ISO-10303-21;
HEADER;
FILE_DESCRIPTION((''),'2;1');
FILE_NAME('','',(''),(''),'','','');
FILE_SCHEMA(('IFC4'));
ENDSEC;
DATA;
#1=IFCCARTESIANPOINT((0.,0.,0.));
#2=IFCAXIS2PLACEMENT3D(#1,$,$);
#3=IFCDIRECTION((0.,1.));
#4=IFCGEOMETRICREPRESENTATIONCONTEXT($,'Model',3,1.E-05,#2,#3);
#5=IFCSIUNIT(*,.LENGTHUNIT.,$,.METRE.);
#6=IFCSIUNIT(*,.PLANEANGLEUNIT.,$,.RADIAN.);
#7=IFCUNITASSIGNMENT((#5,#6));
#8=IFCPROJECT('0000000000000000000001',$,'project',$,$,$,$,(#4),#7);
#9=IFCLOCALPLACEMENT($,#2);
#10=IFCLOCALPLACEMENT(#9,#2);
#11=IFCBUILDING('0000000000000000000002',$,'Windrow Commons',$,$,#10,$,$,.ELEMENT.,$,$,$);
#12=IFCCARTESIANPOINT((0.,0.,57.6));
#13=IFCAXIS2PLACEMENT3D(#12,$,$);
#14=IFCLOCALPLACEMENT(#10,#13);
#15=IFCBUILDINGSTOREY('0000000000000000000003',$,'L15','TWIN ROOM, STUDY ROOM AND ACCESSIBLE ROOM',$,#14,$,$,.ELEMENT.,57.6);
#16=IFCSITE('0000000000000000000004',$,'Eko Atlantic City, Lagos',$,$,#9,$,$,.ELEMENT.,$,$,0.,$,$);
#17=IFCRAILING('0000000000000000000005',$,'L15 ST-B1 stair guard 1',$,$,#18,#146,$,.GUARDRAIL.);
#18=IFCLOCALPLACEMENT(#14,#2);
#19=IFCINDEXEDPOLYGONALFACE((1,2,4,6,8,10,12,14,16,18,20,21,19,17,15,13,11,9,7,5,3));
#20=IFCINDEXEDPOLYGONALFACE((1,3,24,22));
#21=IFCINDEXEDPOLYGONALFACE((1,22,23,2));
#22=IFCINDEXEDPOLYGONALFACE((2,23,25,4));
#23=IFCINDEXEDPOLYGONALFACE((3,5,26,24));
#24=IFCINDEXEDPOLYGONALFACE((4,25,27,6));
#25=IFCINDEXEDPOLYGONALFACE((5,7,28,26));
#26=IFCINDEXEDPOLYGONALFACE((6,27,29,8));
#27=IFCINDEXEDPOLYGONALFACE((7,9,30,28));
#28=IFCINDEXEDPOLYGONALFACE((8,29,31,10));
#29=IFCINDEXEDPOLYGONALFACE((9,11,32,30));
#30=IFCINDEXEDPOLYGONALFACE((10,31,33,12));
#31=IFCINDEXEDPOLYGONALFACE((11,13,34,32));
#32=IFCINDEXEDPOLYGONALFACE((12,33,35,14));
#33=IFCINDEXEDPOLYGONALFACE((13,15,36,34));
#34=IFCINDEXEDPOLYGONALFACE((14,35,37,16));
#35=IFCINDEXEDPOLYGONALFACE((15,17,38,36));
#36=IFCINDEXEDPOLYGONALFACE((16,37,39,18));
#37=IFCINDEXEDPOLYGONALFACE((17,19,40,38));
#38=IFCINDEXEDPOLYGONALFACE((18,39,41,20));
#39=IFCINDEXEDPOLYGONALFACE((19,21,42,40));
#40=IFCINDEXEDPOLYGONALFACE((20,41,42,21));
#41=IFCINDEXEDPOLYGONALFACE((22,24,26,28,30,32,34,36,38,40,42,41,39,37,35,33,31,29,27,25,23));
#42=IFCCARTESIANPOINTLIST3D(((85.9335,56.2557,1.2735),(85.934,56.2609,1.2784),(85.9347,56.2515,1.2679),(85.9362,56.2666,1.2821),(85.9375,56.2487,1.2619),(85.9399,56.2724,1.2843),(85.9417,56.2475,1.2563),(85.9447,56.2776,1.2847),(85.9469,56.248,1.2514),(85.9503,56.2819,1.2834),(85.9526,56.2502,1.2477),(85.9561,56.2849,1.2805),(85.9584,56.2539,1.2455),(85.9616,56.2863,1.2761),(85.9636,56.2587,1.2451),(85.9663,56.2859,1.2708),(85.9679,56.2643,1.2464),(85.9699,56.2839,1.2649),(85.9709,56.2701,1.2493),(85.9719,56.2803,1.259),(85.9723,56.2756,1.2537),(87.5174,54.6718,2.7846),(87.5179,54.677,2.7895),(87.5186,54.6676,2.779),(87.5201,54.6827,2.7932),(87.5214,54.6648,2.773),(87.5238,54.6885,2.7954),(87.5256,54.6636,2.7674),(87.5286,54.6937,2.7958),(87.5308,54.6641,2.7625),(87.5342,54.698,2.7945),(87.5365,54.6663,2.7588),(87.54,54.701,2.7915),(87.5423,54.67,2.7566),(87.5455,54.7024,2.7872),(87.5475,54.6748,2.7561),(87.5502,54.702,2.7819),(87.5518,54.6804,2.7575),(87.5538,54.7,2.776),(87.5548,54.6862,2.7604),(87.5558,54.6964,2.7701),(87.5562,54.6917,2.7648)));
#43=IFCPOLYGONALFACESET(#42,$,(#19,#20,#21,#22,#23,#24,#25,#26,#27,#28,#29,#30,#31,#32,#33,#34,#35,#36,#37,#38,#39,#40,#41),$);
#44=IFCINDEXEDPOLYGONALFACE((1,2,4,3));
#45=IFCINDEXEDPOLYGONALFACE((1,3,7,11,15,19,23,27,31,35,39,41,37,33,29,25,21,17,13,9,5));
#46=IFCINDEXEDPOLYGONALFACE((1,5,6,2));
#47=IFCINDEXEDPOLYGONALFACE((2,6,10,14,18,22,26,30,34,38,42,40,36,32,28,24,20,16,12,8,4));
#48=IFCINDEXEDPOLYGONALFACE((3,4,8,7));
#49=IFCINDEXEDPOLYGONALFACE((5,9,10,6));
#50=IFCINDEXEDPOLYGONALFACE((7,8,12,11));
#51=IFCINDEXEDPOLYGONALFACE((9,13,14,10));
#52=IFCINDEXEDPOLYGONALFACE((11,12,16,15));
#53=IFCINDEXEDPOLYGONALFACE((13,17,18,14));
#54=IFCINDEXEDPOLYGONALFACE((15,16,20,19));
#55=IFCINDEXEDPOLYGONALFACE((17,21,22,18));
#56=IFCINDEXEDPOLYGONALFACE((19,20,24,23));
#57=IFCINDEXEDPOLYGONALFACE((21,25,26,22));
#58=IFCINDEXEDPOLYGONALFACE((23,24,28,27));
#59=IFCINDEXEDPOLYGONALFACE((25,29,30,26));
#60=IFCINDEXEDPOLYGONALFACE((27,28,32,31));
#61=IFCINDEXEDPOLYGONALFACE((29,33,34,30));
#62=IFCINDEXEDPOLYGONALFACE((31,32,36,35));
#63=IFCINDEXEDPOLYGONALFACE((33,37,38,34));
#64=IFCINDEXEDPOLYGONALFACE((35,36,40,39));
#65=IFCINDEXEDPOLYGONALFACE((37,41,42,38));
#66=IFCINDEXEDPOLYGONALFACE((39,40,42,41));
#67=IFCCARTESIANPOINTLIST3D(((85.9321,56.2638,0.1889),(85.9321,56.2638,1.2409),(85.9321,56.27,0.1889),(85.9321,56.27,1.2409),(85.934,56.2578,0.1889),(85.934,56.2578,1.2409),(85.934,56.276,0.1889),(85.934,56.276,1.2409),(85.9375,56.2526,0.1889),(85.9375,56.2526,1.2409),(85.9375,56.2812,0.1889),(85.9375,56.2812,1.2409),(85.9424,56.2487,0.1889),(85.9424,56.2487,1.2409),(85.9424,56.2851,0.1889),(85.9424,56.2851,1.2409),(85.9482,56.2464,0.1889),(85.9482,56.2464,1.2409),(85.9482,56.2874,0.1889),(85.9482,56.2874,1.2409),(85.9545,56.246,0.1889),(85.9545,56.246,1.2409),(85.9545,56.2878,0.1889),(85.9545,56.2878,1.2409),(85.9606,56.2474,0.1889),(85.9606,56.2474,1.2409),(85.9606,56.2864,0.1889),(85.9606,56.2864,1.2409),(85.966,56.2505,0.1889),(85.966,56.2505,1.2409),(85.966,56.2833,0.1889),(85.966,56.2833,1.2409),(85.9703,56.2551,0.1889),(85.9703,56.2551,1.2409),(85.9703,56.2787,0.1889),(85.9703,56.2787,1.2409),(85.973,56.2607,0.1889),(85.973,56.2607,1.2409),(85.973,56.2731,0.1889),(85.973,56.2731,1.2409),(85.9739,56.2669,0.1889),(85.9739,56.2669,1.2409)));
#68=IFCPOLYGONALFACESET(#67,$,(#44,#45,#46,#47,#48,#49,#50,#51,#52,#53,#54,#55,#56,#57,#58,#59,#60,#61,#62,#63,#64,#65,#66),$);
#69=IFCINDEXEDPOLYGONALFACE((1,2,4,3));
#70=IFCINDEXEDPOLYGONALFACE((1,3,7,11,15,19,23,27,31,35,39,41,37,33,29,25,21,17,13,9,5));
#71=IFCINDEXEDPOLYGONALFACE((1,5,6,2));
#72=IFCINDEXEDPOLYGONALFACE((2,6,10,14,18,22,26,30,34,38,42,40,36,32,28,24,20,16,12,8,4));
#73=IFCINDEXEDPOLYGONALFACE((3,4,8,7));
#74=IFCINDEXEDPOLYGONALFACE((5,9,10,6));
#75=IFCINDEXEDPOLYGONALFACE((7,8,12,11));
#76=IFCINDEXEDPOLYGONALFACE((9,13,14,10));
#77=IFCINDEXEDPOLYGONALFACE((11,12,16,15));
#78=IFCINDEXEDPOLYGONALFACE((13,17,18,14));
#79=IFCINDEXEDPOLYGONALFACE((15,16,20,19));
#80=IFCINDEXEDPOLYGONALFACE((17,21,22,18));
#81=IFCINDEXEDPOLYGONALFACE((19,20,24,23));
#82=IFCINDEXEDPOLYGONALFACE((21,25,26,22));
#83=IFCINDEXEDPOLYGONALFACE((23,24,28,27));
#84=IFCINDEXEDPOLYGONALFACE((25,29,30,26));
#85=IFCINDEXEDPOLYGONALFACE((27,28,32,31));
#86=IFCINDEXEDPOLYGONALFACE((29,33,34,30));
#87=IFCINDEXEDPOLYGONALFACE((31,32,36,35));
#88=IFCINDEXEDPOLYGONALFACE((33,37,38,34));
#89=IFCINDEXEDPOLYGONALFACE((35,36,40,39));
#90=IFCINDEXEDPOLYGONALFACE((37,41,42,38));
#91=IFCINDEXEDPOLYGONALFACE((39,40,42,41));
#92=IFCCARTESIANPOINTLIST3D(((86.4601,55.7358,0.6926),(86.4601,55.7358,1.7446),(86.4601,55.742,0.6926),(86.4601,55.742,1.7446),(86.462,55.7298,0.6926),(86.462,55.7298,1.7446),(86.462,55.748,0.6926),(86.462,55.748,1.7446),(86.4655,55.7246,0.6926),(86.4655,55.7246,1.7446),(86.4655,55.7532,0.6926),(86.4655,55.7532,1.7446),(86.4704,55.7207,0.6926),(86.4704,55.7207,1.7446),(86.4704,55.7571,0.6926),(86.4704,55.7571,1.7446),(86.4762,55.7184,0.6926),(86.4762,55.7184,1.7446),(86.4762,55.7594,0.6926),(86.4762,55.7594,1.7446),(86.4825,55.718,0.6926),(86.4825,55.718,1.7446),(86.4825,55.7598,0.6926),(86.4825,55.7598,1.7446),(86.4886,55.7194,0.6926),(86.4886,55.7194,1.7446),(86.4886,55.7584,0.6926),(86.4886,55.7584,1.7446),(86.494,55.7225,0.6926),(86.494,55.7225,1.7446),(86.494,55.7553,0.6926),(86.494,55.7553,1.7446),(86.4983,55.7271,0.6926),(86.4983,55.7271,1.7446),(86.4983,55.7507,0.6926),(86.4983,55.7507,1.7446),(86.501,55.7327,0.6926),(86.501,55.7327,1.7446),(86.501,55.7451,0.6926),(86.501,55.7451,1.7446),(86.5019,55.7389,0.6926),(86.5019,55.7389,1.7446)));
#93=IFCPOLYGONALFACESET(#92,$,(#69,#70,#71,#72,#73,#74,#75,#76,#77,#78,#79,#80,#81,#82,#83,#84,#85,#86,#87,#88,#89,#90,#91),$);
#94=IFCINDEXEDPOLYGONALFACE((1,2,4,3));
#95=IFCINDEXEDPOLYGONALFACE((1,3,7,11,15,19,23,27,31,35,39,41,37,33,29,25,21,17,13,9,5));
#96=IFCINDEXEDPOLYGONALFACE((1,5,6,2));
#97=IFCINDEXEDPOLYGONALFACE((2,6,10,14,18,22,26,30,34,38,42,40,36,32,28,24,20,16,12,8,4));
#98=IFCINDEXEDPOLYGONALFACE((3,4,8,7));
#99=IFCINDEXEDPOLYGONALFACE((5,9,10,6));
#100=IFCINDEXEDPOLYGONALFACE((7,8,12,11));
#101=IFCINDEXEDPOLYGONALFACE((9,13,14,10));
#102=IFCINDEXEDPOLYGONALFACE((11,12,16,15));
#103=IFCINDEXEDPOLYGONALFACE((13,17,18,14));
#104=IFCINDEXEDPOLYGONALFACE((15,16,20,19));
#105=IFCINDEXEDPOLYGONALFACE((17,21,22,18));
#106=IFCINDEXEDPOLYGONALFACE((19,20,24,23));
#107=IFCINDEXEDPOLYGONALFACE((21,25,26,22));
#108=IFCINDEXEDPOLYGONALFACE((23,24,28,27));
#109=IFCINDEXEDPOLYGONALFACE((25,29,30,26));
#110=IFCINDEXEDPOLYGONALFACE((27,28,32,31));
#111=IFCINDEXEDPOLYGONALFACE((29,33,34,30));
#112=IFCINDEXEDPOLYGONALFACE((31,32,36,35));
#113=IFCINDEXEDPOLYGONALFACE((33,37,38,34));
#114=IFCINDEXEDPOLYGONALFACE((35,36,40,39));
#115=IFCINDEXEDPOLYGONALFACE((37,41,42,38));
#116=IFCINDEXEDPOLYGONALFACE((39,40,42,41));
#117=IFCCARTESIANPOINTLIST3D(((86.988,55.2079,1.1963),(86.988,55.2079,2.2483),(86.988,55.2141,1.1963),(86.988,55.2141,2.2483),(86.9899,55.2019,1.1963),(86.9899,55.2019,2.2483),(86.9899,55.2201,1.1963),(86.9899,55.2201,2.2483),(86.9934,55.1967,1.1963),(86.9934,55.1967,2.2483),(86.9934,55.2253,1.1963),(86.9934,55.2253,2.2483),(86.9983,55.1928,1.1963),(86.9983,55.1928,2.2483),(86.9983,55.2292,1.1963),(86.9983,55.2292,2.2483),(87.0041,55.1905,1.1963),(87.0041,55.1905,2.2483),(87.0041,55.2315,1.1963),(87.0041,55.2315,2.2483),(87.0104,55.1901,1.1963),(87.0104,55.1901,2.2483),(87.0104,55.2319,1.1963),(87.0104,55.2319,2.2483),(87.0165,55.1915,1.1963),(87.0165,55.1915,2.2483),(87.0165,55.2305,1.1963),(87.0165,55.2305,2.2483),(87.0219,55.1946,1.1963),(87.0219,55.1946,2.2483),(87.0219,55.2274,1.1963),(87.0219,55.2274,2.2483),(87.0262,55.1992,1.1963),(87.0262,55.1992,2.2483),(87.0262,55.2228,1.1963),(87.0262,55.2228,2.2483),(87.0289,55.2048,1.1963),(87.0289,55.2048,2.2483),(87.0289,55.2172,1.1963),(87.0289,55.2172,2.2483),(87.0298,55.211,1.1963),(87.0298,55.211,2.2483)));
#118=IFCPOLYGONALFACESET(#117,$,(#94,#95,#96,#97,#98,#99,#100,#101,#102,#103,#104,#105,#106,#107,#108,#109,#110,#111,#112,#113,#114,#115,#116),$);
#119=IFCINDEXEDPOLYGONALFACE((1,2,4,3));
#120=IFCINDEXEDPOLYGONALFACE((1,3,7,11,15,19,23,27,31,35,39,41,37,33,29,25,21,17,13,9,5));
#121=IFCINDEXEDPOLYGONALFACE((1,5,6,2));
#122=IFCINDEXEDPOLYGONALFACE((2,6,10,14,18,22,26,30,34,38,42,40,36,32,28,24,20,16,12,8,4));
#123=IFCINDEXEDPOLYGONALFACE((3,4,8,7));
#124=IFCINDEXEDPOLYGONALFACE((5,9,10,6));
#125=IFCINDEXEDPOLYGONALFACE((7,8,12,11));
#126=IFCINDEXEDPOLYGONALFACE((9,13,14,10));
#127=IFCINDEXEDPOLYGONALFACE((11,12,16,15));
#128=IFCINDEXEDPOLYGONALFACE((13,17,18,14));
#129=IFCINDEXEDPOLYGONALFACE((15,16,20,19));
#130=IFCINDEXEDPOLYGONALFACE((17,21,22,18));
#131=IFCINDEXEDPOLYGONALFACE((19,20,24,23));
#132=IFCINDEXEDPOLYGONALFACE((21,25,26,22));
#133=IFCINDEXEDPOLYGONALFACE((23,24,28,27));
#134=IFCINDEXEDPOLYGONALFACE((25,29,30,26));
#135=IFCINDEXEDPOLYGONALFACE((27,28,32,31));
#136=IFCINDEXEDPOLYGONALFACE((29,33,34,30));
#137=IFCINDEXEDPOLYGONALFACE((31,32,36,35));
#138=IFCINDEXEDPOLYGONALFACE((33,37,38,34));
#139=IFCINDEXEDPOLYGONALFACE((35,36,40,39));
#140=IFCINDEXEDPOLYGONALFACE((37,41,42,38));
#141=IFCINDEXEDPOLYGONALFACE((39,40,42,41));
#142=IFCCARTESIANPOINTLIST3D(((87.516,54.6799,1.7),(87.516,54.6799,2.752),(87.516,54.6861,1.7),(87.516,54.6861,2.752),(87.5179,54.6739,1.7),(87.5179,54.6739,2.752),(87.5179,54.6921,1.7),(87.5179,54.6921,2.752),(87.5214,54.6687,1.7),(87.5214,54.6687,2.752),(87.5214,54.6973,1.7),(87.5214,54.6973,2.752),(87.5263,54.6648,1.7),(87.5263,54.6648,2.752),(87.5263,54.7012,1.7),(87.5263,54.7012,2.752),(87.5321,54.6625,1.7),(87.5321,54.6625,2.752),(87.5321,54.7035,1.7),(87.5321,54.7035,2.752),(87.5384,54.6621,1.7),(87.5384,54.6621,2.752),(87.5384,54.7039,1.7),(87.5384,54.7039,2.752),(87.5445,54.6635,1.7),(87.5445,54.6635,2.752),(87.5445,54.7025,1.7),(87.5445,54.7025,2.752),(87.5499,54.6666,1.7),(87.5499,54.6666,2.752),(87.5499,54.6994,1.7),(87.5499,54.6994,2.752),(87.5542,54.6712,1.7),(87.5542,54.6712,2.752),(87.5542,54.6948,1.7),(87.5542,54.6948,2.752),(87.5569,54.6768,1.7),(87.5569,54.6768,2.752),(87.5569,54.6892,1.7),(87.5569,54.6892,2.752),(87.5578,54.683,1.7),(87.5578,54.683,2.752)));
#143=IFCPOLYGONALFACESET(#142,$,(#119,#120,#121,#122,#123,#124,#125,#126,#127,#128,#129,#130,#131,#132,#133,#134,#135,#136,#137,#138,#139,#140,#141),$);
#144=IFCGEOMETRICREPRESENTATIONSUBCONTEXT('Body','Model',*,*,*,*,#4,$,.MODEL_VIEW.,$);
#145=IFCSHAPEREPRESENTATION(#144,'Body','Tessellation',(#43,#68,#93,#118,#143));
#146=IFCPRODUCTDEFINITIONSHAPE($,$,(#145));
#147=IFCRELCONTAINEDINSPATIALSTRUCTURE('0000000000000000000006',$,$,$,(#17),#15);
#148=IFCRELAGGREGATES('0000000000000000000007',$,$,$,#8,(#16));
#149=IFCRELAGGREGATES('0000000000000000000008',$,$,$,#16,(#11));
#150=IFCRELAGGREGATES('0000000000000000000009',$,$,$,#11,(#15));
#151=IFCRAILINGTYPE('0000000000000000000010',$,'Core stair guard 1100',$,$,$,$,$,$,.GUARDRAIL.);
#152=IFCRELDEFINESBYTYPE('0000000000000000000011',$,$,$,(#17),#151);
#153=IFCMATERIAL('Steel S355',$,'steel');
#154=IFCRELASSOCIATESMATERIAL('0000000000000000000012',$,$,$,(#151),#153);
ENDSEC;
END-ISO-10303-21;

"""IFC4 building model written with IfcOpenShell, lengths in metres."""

from ifc_helpers import new_model, si_unit, direction, frame, origin, origin_2d, place, context, subcontext, project, spatial, circle, extrude, material, type_object, element, save


model = new_model("IFC4")

# Units and contexts
model_context = context("Model", 3, precision=1e-05, world=origin(), true_north=direction((0.0, 1.0)))
body_context = subcontext(model_context, "Body", "Model", "MODEL_VIEW")
ifc_project = project(units=[si_unit("LENGTHUNIT", "METRE"), si_unit("PLANEANGLEUNIT", "RADIAN")], contexts=[model_context])

# Site, building, storey
site_placement = place(None, origin())
site = spatial("IfcSite", under=ifc_project, at=site_placement, Name="Eko Atlantic City, Lagos", CompositionType="ELEMENT", RefElevation=0.0)
building_placement = place(site_placement, origin())
building = spatial("IfcBuilding", under=site, at=building_placement, Name="Windrow Commons", CompositionType="ELEMENT")
storey_placement = place(building_placement, frame((0.0, 0.0, 57.6)))
storey = spatial("IfcBuildingStorey", under=building, at=storey_placement, Name="L15", Description="TWIN ROOM, STUDY ROOM AND ACCESSIBLE ROOM", CompositionType="ELEMENT", Elevation=57.6)

# Railing
ifc_material_1 = material(Name="Steel S355", Category="steel")
railing_type_1 = type_object("IfcRailingType", Name="Core stair guard 1100", PredefinedType="GUARDRAIL", material=ifc_material_1)
railing_1_placement = place(storey_placement, frame((85.9529, 56.2669, 0.1889)))
element("IfcRailing", 1, at=railing_1_placement, inside=storey, type_object=railing_type_1, Name="L15 ST-B1 stair guard 1", PredefinedType="GUARDRAIL", context=body_context, shape_type="SweptSolid", body=[
    extrude(circle(Radius=0.024, at=origin_2d()), frame((0.0, 0.0, 1.076), z_axis=(0.586191, -0.586191, 0.559249), x_axis=(0.707107, 0.707107, 0.0)), (0.0, 0.0, 1.0), 2.702),
    extrude(circle(Radius=0.021, at=origin_2d()), origin(), (0.0, 0.0, 1.0), 1.052),
    extrude(circle(Radius=0.021, at=origin_2d()), frame((0.528, -0.528, 0.5037)), (0.0, 0.0, 1.0), 1.052),
    extrude(circle(Radius=0.021, at=origin_2d()), frame((1.0559, -1.0559, 1.0074)), (0.0, 0.0, 1.0), 1.052),
    extrude(circle(Radius=0.021, at=origin_2d()), frame((1.5839, -1.5839, 1.5111)), (0.0, 0.0, 1.0), 1.052),
])

save(model, "model.ifc")
